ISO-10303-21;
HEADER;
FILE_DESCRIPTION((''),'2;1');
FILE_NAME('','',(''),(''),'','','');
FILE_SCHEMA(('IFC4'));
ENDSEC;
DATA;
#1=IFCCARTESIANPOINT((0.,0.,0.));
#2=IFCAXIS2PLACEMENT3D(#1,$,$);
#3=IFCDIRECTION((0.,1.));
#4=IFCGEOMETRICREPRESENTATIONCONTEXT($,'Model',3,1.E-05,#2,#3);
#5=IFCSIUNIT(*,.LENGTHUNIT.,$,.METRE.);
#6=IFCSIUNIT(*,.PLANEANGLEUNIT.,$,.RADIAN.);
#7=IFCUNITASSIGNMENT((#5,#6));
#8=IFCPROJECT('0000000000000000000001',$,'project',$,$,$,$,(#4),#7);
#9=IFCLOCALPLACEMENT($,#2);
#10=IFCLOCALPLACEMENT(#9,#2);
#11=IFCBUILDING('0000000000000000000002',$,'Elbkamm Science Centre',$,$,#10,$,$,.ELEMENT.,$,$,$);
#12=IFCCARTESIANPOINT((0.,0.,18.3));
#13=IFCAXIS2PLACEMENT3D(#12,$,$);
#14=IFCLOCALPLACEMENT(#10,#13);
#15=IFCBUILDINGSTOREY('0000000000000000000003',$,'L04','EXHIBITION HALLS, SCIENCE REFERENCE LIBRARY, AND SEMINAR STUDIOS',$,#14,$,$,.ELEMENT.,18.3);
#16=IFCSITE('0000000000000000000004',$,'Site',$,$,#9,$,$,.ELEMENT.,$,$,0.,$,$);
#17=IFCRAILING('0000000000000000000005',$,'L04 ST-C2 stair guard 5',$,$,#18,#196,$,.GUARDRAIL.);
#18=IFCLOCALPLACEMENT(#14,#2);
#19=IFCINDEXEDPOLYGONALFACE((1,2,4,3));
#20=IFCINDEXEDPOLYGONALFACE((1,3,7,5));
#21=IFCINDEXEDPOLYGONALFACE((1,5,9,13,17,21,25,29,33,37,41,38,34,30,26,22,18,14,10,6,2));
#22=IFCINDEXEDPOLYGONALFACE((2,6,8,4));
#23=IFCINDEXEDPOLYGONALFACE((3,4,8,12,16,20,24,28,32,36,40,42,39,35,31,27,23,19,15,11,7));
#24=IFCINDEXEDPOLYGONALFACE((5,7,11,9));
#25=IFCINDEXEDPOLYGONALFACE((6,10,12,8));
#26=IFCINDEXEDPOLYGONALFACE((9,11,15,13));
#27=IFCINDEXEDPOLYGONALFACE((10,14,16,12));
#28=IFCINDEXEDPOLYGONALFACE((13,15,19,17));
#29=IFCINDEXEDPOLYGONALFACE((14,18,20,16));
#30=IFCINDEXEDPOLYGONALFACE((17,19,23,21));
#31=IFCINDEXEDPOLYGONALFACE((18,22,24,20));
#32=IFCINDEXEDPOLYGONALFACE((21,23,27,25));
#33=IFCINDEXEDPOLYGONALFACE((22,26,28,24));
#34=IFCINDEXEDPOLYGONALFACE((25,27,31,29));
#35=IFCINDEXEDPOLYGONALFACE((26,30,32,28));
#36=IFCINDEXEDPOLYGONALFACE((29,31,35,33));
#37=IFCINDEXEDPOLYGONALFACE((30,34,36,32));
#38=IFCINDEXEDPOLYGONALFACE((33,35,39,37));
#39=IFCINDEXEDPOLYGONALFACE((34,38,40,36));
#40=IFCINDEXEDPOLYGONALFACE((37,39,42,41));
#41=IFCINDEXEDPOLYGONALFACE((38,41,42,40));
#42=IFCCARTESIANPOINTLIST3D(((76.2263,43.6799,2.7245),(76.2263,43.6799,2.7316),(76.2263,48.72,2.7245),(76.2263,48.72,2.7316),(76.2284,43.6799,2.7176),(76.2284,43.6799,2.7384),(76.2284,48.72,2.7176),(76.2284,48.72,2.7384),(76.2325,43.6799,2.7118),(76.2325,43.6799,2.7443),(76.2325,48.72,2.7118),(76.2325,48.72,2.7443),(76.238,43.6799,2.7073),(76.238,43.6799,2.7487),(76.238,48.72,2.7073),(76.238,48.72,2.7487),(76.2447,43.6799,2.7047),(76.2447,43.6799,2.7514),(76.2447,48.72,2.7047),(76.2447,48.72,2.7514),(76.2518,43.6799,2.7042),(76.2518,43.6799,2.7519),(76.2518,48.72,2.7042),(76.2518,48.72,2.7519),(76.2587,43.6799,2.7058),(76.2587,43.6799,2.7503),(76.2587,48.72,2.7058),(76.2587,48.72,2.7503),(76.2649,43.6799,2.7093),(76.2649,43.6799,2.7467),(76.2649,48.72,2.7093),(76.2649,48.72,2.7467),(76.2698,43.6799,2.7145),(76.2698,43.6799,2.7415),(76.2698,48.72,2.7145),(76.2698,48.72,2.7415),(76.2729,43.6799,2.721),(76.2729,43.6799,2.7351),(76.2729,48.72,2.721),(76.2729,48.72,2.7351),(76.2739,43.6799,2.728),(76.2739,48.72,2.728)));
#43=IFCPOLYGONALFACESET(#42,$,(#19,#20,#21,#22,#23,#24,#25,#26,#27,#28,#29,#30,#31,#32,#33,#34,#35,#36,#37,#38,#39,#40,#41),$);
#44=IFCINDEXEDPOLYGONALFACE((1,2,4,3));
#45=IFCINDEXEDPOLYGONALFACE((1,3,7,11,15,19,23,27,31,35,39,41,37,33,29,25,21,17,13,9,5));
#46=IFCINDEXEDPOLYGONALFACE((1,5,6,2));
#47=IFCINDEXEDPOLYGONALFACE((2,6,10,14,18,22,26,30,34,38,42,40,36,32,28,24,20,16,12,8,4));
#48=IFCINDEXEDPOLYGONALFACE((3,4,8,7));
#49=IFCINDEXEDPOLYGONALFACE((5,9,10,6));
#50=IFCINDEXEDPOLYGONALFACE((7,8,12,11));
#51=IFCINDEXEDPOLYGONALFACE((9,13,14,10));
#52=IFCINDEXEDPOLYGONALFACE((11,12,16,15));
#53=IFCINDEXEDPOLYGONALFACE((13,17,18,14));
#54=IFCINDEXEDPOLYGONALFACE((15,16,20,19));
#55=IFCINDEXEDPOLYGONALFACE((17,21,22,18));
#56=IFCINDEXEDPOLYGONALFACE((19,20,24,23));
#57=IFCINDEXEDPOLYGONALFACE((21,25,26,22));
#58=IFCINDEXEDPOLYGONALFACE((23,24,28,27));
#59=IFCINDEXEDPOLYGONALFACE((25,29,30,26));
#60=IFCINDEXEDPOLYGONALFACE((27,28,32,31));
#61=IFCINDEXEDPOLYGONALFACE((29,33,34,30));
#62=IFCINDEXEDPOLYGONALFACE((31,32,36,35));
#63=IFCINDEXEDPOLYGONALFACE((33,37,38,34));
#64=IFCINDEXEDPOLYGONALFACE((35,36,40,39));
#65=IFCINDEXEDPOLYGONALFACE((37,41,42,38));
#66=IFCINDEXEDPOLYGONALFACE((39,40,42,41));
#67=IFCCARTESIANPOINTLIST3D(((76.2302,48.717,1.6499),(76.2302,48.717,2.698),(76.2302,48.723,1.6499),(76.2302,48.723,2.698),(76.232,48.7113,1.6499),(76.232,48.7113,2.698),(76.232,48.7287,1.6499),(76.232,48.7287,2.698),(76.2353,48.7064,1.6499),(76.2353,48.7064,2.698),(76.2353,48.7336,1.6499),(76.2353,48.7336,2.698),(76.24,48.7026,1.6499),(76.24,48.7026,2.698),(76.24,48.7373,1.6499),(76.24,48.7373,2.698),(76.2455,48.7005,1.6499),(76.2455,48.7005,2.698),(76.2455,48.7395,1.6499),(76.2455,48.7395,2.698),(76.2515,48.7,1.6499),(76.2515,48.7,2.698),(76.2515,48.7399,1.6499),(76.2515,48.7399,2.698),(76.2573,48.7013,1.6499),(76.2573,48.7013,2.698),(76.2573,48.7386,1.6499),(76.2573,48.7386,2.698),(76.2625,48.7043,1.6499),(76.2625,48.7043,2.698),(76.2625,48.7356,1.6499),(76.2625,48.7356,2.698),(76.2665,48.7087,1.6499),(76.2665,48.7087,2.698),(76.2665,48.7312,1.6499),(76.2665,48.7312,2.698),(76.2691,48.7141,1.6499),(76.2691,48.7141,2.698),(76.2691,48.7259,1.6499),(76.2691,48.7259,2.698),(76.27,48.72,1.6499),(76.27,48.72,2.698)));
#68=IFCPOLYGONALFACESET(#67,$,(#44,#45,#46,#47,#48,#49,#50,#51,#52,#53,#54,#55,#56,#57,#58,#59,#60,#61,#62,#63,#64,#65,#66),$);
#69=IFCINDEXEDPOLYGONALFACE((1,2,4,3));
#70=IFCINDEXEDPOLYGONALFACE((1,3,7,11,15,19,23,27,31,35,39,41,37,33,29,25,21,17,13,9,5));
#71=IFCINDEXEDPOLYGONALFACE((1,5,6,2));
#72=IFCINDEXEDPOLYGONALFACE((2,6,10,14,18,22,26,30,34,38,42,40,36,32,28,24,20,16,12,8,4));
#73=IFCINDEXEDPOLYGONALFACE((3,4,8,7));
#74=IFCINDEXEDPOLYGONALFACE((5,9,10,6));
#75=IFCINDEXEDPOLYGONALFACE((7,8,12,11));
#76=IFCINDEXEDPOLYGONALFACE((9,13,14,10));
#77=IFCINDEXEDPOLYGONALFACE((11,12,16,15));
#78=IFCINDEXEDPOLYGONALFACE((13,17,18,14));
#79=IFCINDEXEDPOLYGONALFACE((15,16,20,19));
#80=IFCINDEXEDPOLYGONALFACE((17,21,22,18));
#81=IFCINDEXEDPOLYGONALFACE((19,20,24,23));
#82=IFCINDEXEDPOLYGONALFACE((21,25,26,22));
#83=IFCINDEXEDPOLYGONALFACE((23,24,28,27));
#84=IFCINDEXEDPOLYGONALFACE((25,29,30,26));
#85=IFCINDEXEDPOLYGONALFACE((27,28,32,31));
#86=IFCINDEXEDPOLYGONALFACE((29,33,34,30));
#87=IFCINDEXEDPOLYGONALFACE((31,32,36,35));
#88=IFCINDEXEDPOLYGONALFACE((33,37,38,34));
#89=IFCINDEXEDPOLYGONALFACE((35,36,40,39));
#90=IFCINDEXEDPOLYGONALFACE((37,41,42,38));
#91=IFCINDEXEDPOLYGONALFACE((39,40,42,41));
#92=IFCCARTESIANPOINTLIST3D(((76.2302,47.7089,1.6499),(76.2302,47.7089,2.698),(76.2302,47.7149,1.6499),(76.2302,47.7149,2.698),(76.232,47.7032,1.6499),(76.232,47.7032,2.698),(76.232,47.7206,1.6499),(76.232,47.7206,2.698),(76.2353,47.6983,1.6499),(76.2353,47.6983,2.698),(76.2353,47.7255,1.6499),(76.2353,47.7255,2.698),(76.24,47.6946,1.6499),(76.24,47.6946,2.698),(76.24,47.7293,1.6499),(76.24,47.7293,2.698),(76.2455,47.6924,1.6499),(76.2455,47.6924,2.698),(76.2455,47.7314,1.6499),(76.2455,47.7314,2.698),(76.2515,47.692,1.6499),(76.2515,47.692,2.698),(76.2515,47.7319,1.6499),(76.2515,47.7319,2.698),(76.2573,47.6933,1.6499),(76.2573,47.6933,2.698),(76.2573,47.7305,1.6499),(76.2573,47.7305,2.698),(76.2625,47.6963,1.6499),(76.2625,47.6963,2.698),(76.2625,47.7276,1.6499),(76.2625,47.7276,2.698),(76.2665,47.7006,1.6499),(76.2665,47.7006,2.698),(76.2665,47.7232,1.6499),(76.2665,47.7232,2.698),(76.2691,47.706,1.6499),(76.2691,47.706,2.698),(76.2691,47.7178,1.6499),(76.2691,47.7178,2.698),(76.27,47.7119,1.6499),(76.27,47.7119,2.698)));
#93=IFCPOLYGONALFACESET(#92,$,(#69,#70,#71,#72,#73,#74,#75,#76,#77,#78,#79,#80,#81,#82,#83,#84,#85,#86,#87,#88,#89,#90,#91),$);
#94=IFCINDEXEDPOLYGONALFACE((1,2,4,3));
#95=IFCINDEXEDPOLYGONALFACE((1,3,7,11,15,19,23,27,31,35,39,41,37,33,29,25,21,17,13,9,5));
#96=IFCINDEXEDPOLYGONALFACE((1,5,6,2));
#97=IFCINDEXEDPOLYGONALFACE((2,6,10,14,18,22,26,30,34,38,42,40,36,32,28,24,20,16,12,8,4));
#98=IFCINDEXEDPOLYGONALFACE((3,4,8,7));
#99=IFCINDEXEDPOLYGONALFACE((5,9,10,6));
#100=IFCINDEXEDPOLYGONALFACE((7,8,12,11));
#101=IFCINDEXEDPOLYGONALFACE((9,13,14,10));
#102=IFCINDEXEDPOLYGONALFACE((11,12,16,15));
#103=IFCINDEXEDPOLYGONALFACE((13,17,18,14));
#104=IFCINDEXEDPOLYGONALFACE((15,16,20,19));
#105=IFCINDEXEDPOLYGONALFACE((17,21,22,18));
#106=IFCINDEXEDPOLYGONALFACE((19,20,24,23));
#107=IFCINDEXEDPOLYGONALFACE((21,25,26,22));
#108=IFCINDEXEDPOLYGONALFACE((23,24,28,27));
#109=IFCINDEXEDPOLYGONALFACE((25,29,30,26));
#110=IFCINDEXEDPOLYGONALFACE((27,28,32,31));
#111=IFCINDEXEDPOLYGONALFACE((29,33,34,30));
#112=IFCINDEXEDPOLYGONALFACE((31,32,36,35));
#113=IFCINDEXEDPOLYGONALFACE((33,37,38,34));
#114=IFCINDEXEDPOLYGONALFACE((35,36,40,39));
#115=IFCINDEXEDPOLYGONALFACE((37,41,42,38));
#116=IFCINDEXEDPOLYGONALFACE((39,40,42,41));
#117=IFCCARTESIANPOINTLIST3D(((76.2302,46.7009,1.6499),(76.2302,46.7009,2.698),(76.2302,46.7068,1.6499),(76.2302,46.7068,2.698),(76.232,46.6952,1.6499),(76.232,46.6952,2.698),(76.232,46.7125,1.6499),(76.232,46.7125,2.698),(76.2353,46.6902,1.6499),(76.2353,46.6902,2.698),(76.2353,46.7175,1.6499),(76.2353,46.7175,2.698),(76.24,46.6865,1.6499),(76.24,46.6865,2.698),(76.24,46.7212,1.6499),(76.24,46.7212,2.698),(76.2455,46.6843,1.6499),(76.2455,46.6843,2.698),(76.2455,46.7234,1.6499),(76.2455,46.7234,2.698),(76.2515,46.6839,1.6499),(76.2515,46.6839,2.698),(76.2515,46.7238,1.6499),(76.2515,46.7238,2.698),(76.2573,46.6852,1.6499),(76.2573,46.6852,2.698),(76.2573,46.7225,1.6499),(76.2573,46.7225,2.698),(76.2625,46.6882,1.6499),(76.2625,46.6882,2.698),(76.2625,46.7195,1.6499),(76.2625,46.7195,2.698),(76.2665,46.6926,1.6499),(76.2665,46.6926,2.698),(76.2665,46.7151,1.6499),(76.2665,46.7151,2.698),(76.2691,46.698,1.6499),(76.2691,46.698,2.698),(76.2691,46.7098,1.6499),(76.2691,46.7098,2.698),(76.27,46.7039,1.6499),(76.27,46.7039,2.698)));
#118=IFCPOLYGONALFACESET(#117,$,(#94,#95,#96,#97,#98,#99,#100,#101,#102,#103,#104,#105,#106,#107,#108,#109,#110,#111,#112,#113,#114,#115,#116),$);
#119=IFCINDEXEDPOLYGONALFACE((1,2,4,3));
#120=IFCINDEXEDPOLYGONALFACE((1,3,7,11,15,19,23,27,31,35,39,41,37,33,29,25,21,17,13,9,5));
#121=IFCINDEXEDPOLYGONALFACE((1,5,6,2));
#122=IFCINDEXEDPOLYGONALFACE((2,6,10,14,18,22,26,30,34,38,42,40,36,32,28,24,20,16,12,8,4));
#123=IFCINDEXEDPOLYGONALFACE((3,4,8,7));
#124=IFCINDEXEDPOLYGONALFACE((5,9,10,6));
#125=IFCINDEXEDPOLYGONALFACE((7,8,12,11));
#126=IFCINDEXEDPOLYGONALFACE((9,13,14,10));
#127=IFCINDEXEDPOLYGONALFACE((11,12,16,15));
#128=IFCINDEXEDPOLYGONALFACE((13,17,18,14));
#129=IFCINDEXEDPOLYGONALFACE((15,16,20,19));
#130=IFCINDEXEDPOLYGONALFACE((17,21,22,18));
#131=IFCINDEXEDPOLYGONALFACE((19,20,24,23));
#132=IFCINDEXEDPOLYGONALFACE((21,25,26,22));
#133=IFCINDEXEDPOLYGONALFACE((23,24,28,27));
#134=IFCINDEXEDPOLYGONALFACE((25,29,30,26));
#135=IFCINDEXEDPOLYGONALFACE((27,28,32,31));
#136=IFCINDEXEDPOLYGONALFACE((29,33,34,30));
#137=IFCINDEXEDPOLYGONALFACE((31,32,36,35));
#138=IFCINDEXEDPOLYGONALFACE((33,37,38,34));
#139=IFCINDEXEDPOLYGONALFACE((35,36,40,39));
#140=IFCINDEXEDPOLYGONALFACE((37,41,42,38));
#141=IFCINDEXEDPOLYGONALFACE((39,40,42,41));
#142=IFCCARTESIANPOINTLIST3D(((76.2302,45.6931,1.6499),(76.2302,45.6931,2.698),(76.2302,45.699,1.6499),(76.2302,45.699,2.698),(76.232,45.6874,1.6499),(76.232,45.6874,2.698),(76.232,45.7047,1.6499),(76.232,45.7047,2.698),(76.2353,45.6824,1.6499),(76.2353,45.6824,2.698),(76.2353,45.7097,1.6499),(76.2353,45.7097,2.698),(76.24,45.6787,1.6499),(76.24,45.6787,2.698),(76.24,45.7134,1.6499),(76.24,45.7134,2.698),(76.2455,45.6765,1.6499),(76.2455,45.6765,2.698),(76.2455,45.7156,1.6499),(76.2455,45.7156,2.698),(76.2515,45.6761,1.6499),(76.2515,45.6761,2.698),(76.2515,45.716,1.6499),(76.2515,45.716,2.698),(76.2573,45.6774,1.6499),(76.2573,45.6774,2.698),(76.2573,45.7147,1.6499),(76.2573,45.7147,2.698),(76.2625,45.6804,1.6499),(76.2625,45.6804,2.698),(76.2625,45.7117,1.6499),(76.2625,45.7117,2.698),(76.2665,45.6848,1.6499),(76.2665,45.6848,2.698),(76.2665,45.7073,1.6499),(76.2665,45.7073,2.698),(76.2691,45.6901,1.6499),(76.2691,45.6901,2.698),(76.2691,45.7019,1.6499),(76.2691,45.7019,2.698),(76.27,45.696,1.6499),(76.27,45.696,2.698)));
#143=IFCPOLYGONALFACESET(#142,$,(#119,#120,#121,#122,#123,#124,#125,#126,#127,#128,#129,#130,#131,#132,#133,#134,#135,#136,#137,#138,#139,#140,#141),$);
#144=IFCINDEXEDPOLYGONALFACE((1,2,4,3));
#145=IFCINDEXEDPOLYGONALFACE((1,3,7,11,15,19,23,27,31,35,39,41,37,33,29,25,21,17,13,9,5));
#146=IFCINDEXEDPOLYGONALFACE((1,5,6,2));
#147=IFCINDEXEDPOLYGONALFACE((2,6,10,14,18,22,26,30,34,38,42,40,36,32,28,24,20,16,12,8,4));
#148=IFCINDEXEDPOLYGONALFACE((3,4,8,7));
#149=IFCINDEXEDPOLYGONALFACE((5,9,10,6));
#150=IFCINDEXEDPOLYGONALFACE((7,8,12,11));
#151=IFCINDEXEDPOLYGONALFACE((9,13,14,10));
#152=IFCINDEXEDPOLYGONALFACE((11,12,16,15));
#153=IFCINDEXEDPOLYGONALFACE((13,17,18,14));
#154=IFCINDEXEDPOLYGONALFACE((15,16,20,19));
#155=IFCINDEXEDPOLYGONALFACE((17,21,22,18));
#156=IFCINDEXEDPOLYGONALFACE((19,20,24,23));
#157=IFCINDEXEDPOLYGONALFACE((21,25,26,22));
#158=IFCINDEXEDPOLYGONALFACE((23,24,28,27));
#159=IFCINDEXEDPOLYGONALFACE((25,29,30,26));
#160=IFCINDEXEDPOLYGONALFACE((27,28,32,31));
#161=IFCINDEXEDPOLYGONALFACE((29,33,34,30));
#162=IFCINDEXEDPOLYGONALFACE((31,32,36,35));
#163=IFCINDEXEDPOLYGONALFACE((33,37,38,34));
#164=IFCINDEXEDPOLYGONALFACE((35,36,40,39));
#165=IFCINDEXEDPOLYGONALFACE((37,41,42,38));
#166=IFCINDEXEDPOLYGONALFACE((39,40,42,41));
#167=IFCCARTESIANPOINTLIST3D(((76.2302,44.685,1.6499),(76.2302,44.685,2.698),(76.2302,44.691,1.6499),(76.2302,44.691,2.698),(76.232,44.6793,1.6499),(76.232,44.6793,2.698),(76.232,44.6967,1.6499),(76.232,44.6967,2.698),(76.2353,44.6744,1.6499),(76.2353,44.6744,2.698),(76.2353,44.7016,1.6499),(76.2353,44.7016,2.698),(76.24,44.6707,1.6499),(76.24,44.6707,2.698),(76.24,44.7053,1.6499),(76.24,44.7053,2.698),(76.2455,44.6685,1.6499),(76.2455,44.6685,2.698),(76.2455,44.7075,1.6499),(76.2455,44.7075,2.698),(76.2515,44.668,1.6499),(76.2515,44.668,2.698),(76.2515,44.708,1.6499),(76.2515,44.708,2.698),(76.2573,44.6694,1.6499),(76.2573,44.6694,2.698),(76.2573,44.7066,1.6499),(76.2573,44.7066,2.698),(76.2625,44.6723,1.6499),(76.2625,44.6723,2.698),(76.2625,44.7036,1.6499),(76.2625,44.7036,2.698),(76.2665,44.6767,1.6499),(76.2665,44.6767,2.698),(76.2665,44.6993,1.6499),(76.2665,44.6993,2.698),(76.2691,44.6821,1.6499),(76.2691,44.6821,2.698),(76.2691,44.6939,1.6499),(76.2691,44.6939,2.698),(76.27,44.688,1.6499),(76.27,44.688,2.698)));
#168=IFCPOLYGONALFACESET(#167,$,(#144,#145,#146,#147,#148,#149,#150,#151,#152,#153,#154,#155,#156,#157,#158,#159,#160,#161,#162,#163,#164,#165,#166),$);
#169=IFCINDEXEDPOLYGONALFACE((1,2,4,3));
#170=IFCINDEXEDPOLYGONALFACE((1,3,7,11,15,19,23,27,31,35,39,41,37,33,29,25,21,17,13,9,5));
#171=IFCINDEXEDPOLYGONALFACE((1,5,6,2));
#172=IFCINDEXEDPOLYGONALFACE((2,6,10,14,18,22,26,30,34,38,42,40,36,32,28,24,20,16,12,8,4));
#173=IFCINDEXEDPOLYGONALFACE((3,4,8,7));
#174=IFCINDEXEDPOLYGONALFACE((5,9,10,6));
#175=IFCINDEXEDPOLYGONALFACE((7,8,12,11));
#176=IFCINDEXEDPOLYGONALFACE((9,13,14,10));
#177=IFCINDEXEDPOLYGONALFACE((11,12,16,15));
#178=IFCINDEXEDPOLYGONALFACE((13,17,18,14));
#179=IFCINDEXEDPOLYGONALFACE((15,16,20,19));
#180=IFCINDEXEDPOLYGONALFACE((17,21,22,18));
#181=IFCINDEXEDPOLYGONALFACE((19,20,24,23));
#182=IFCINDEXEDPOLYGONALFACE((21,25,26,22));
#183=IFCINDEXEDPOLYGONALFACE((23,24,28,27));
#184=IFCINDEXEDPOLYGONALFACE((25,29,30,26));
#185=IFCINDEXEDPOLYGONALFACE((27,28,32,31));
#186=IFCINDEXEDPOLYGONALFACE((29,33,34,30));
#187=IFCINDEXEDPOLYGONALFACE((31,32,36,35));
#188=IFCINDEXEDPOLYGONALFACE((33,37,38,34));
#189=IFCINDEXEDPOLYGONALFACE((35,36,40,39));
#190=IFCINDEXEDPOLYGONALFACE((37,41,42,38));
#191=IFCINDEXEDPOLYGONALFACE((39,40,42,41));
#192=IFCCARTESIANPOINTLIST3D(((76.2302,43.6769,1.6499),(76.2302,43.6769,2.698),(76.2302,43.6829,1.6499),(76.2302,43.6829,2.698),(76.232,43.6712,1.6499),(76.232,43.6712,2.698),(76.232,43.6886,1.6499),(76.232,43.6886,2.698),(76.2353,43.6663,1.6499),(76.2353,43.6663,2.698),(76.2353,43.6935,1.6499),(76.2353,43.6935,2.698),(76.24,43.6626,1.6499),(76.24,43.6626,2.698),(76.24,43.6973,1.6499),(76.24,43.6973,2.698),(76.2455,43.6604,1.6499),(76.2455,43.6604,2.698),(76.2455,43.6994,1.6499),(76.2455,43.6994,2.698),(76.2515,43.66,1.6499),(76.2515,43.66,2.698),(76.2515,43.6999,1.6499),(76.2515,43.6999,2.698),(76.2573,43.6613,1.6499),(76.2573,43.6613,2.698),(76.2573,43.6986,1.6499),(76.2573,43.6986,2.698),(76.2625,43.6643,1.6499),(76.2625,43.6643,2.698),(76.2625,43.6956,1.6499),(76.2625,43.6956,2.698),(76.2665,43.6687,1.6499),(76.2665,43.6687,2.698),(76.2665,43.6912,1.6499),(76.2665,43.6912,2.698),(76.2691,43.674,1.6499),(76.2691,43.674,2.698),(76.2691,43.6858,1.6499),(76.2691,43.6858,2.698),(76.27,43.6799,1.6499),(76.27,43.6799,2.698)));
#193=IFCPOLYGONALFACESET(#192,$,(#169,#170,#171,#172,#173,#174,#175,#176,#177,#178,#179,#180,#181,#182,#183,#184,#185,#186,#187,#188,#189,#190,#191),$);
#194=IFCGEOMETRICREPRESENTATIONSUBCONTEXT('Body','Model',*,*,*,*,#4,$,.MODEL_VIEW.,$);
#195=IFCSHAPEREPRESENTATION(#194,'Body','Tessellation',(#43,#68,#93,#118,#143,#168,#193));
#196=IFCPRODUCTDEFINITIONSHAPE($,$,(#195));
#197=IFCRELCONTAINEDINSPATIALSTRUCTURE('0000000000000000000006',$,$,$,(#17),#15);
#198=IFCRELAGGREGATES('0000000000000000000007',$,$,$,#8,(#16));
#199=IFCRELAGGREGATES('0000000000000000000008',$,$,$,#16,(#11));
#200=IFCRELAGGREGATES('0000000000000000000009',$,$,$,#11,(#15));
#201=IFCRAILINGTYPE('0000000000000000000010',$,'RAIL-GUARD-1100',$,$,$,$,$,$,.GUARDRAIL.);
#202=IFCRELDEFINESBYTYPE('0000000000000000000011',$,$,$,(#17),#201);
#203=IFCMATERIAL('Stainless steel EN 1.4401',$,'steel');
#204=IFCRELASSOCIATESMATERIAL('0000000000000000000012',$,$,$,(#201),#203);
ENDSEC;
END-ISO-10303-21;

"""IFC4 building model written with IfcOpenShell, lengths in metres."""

from ifc_helpers import new_model, si_unit, direction, frame, origin, origin_2d, place, context, subcontext, project, spatial, circle, extrude, material, type_object, element, save


model = new_model("IFC4")

# Units and contexts
model_context = context("Model", 3, precision=1e-05, world=origin(), true_north=direction((0.0, 1.0)))
body_context = subcontext(model_context, "Body", "Model", "MODEL_VIEW")
ifc_project = project(units=[si_unit("LENGTHUNIT", "METRE"), si_unit("PLANEANGLEUNIT", "RADIAN")], contexts=[model_context])

# Site, building, storey
site_placement = place(None, origin())
site = spatial("IfcSite", under=ifc_project, at=site_placement, Name="Site", CompositionType="ELEMENT", RefElevation=0.0)
building_placement = place(site_placement, origin())
building = spatial("IfcBuilding", under=site, at=building_placement, Name="Elbkamm Science Centre", CompositionType="ELEMENT")
storey_placement = place(building_placement, frame((0.0, 0.0, 18.3)))
storey = spatial("IfcBuildingStorey", under=building, at=storey_placement, Name="L04", Description="EXHIBITION HALLS, SCIENCE REFERENCE LIBRARY, AND SEMINAR STUDIOS", CompositionType="ELEMENT", Elevation=18.3)

# Railing
ifc_material_1 = material(Name="Stainless steel EN 1.4401", Category="steel")
railing_type_1 = type_object("IfcRailingType", Name="RAIL-GUARD-1100", PredefinedType="GUARDRAIL", material=ifc_material_1)
railing_1_placement = place(storey_placement, frame((76.25, 48.72, 1.6499)))
element("IfcRailing", 1, at=railing_1_placement, inside=storey, type_object=railing_type_1, Name="L04 ST-C2 stair guard 5", PredefinedType="GUARDRAIL", context=body_context, shape_type="SweptSolid", body=[
    extrude(circle(Radius=0.0239, at=origin_2d()), frame((0.0, 0.0, 1.0781), z_axis=(0.0, -1.0, 0.0), x_axis=(1.0, 0.0, 0.0)), (0.0, 0.0, 1.0), 5.04),
    extrude(circle(Radius=0.02, at=origin_2d()), origin(), (0.0, 0.0, 1.0), 1.0481),
    extrude(circle(Radius=0.02, at=origin_2d()), frame((0.0, -1.0081, 0.0)), (0.0, 0.0, 1.0), 1.0481),
    extrude(circle(Radius=0.02, at=origin_2d()), frame((0.0, -2.0161, 0.0)), (0.0, 0.0, 1.0), 1.0481),
    extrude(circle(Radius=0.02, at=origin_2d()), frame((0.0, -3.0239, 0.0)), (0.0, 0.0, 1.0), 1.0481),
    extrude(circle(Radius=0.02, at=origin_2d()), frame((0.0, -4.032, 0.0)), (0.0, 0.0, 1.0), 1.0481),
    extrude(circle(Radius=0.02, at=origin_2d()), frame((0.0, -5.04, 0.0)), (0.0, 0.0, 1.0), 1.0481),
])

save(model, "model.ifc")
